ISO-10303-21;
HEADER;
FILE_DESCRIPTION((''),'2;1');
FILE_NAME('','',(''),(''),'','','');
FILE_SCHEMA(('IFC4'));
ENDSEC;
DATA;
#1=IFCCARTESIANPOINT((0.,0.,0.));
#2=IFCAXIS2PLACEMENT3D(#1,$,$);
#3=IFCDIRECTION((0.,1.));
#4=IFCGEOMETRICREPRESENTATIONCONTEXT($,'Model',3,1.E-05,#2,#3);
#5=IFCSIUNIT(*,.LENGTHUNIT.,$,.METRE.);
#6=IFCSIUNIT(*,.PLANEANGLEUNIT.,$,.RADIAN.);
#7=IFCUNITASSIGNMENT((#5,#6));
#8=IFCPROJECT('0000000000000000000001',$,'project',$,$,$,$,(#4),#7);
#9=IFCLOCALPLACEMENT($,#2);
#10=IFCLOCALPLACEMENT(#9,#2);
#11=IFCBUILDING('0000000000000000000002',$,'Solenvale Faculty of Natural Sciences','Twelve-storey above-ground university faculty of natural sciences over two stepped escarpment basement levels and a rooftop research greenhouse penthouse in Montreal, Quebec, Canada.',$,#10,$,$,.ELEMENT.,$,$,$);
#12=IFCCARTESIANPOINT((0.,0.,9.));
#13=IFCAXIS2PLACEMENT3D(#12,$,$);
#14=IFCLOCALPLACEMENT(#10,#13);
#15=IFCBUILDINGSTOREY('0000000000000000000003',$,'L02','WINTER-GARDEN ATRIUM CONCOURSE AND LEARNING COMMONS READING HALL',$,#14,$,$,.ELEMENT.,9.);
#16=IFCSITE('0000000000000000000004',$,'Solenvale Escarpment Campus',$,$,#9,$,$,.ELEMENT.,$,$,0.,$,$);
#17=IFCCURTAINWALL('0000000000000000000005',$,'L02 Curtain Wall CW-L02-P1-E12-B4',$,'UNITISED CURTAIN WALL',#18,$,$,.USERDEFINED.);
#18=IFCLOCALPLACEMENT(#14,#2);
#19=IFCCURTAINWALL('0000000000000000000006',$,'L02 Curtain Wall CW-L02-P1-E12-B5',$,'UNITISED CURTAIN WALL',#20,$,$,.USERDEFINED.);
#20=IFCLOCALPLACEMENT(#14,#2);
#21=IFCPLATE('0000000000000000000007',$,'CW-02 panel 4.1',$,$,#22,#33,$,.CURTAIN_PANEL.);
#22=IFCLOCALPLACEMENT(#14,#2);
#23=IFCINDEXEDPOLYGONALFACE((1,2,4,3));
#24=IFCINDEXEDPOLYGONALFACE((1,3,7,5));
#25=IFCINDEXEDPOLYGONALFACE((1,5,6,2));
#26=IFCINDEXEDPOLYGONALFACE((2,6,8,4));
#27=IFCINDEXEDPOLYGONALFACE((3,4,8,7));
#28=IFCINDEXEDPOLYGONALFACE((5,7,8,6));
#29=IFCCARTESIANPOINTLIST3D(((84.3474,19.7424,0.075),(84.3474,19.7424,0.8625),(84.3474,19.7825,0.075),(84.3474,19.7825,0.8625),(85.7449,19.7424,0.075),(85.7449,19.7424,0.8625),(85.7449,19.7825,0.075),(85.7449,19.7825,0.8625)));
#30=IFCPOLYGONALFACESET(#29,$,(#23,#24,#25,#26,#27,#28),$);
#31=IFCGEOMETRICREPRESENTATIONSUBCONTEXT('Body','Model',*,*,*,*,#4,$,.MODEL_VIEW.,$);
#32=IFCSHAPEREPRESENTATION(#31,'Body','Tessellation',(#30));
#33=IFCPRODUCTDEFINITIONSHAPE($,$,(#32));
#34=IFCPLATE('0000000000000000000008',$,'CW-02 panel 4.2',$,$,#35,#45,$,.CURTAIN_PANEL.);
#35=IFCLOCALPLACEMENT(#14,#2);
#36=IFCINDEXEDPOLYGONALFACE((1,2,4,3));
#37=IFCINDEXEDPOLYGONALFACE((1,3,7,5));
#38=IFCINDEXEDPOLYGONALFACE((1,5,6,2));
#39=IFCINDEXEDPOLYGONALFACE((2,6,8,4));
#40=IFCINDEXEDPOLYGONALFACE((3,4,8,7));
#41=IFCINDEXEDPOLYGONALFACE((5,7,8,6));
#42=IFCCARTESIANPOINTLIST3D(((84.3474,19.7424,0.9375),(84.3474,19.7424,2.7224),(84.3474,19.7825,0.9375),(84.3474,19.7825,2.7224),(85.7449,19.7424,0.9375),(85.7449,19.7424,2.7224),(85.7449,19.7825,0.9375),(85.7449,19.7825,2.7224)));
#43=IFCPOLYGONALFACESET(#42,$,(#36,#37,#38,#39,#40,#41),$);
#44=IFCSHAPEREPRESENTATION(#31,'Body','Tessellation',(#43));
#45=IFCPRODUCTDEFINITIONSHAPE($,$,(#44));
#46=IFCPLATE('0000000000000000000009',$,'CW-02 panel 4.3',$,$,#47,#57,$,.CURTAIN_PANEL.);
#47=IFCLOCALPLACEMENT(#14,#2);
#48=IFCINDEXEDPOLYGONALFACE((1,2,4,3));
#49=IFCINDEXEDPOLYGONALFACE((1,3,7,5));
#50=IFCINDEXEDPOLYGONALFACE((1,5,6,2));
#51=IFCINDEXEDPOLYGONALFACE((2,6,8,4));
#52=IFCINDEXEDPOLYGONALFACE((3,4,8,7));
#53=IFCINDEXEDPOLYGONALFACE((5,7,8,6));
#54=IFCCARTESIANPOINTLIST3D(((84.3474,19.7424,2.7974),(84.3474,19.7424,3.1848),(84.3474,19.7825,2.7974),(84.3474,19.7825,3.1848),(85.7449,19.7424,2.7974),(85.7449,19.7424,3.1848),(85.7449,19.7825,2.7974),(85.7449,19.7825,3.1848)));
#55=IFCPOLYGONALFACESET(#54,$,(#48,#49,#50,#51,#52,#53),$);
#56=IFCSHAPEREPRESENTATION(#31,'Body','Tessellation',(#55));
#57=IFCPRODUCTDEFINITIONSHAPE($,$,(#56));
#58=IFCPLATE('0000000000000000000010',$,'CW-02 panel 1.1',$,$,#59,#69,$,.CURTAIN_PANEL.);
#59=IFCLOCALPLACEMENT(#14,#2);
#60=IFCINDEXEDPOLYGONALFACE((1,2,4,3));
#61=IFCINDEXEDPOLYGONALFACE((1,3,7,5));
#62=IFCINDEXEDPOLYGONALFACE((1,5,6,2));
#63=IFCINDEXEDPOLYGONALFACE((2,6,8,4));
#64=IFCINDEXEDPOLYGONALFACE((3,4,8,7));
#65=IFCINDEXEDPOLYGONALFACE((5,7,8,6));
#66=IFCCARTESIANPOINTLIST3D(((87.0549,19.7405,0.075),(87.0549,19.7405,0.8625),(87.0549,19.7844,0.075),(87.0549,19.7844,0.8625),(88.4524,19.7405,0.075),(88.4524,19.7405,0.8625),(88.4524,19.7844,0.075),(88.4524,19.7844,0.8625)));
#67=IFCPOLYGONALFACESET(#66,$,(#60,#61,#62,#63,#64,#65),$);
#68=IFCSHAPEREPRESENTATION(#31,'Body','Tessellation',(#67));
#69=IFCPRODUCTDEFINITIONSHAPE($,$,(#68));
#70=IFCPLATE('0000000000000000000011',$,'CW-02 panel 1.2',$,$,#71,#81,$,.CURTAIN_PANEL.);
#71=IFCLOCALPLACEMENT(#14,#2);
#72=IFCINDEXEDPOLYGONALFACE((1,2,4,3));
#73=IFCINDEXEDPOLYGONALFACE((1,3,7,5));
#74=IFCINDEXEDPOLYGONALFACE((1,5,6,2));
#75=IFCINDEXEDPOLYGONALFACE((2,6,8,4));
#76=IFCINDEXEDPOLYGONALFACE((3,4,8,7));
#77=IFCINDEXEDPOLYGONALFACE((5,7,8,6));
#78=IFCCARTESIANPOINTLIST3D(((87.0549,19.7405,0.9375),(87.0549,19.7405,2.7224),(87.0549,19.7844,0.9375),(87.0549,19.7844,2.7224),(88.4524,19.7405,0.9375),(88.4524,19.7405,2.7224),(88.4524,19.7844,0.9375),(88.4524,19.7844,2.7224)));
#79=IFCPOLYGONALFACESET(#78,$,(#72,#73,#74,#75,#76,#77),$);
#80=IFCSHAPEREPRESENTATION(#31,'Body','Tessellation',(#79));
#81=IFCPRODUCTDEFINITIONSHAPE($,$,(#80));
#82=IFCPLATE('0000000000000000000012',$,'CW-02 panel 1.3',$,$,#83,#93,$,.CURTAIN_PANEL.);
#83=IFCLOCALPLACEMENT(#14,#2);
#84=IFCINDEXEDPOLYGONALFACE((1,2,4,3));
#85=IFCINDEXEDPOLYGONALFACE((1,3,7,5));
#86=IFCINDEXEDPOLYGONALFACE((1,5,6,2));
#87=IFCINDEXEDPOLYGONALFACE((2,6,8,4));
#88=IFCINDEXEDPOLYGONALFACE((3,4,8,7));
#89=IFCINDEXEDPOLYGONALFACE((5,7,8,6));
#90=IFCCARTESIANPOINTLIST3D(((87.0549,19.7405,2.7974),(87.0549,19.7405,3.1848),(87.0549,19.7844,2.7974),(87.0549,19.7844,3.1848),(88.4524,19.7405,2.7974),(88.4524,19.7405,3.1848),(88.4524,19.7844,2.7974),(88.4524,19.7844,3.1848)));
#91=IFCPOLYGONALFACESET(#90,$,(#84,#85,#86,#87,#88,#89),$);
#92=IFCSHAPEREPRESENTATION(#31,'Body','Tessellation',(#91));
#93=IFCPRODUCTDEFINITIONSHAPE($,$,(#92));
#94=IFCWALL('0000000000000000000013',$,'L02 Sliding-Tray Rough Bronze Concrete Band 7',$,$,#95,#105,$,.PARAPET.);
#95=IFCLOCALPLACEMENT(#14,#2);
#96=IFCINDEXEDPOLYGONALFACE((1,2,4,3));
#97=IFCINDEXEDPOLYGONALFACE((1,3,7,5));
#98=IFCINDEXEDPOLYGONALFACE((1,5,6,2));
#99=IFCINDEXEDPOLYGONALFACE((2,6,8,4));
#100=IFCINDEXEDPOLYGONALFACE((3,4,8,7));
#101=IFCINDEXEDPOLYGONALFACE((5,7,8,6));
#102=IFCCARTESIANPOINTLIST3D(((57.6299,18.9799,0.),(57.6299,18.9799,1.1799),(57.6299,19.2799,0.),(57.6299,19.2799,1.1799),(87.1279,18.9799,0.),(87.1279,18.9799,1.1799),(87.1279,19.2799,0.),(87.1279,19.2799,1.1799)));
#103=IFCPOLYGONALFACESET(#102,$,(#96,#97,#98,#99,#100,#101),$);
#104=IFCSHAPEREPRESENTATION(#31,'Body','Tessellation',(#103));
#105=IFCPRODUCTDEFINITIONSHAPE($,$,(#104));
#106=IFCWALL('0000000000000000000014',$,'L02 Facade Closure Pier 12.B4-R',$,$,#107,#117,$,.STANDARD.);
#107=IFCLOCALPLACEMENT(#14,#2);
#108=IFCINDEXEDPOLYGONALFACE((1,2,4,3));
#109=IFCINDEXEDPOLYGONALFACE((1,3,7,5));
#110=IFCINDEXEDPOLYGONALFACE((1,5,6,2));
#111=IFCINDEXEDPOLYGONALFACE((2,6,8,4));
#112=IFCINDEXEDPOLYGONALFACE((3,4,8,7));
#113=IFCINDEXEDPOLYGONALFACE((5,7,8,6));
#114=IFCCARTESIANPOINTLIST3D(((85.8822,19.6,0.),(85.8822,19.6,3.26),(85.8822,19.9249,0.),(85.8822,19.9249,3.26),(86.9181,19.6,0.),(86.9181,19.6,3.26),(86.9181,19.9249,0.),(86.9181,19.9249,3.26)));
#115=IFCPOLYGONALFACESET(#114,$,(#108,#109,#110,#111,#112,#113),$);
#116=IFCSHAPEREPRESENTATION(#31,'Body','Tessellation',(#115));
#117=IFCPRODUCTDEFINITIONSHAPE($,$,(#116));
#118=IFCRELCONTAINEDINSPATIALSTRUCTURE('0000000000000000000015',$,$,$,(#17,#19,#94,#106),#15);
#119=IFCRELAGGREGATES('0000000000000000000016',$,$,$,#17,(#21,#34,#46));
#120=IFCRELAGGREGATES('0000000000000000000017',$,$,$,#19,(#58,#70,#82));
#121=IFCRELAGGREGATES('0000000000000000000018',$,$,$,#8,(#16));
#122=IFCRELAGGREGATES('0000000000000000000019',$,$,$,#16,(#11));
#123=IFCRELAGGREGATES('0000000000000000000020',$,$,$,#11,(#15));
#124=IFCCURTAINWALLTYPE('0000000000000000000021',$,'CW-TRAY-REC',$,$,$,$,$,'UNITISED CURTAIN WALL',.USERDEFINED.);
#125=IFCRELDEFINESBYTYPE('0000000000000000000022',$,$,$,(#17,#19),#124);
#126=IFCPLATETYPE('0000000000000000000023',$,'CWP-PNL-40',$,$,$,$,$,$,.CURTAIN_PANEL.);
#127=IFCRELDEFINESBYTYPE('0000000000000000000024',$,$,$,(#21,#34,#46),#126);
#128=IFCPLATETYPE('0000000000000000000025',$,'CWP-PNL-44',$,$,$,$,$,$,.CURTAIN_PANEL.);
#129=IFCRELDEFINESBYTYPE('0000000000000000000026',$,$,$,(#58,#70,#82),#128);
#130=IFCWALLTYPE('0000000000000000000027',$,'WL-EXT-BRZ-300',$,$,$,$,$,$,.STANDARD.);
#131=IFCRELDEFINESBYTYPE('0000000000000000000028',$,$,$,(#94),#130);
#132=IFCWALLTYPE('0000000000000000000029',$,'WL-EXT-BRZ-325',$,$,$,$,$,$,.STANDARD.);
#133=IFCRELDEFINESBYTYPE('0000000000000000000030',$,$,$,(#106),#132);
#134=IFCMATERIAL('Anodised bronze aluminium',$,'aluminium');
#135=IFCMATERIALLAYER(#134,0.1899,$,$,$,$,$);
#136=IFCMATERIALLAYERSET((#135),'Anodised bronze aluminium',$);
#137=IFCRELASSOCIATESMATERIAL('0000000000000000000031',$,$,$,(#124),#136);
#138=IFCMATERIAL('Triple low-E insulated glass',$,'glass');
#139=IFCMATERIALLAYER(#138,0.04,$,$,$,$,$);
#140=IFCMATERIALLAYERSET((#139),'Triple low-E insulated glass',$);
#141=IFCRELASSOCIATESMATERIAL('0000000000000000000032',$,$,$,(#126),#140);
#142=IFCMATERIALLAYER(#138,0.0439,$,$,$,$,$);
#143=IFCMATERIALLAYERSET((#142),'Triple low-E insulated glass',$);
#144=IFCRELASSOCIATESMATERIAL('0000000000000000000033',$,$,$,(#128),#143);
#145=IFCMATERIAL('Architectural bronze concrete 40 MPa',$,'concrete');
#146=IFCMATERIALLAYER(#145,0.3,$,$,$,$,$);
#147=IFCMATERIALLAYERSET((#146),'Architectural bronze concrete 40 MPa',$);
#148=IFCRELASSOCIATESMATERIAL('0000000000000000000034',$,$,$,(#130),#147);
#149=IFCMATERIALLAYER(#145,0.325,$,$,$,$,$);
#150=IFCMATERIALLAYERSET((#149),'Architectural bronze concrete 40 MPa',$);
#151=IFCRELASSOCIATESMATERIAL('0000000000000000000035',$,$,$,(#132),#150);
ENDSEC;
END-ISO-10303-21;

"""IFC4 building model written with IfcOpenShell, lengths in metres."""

from ifc_helpers import new_model, si_unit, direction, frame, frame_2d, origin, origin_2d, place, context, subcontext, project, spatial, rectangle, extrude, material, layer, layer_set, type_object, element, aggregate, save


model = new_model("IFC4")

# Units and contexts
model_context = context("Model", 3, precision=1e-05, world=origin(), true_north=direction((0.0, 1.0)))
body_context = subcontext(model_context, "Body", "Model", "MODEL_VIEW")
ifc_project = project(units=[si_unit("LENGTHUNIT", "METRE"), si_unit("PLANEANGLEUNIT", "RADIAN")], contexts=[model_context])

# Site, building, storey
site_placement = place(None, origin())
site = spatial("IfcSite", under=ifc_project, at=site_placement, Name="Solenvale Escarpment Campus", CompositionType="ELEMENT", RefElevation=0.0)
building_placement = place(site_placement, origin())
building = spatial("IfcBuilding", under=site, at=building_placement, Name="Solenvale Faculty of Natural Sciences", Description="Twelve-storey above-ground university faculty of natural sciences over two stepped escarpment basement levels and a rooftop research greenhouse penthouse in Montreal, Quebec, Canada.", CompositionType="ELEMENT")
storey_placement = place(building_placement, frame((0.0, 0.0, 9.0)))
storey = spatial("IfcBuildingStorey", under=building, at=storey_placement, Name="L02", Description="WINTER-GARDEN ATRIUM CONCOURSE AND LEARNING COMMONS READING HALL", CompositionType="ELEMENT", Elevation=9.0)

# Shared definitions
ifc_material_1 = material(Name="Architectural bronze concrete 40 MPa", Category="concrete")

# Curtain walls
ifc_material_2 = material(Name="Anodised bronze aluminium", Category="aluminium")
ifc_layer_1 = layer(ifc_material_2, 0.1899)
ifc_layer_set_1 = layer_set([ifc_layer_1], Name="Anodised bronze aluminium")
curtain_wall_type = type_object("IfcCurtainWallType", Name="CW-TRAY-REC", ElementType="UNITISED CURTAIN WALL", PredefinedType="USERDEFINED", material=ifc_layer_set_1)
curtain_wall_1_placement = place(storey_placement, origin())
curtain_wall_1 = element("IfcCurtainWall", 1, at=curtain_wall_1_placement, inside=storey, type_object=curtain_wall_type, Name="L02 Curtain Wall CW-L02-P1-E12-B4", ObjectType="UNITISED CURTAIN WALL", PredefinedType="USERDEFINED")
curtain_wall_2_placement = place(storey_placement, origin())
curtain_wall_2 = element("IfcCurtainWall", 2, at=curtain_wall_2_placement, inside=storey, type_object=curtain_wall_type, Name="L02 Curtain Wall CW-L02-P1-E12-B5", ObjectType="UNITISED CURTAIN WALL", PredefinedType="USERDEFINED")

# Plates
ifc_material_3 = material(Name="Triple low-E insulated glass", Category="glass")
ifc_layer_2 = layer(ifc_material_3, 0.04)
ifc_layer_set_2 = layer_set([ifc_layer_2], Name="Triple low-E insulated glass")
plate_type_1 = type_object("IfcPlateType", Name="CWP-PNL-40", PredefinedType="CURTAIN_PANEL", material=ifc_layer_set_2)
plate_1_placement = place(storey_placement, frame((85.0461, 19.7625, 0.075), z_axis=(0.0, 0.0, 1.0), x_axis=(1.0, 0.0, 0.0)))
plate_1 = element("IfcPlate", 3, at=plate_1_placement, type_object=plate_type_1, Name="CW-02 panel 4.1", PredefinedType="CURTAIN_PANEL", context=body_context, shape_type="SweptSolid", body=[
    extrude(rectangle(XDim=1.3975, YDim=0.04, at=origin_2d()), origin(), (0.0, 0.0, 1.0), 0.7876),
])
plate_2_placement = place(storey_placement, frame((85.0461, 19.7625, 0.9375), z_axis=(0.0, 0.0, 1.0), x_axis=(1.0, 0.0, 0.0)))
plate_2 = element("IfcPlate", 4, at=plate_2_placement, type_object=plate_type_1, Name="CW-02 panel 4.2", PredefinedType="CURTAIN_PANEL", context=body_context, shape_type="SweptSolid", body=[
    extrude(rectangle(XDim=1.3975, YDim=0.04, at=origin_2d()), origin(), (0.0, 0.0, 1.0), 1.7849),
])
plate_3_placement = place(storey_placement, frame((85.0461, 19.7625, 2.7974), z_axis=(0.0, 0.0, 1.0), x_axis=(1.0, 0.0, 0.0)))
plate_3 = element("IfcPlate", 5, at=plate_3_placement, type_object=plate_type_1, Name="CW-02 panel 4.3", PredefinedType="CURTAIN_PANEL", context=body_context, shape_type="SweptSolid", body=[
    extrude(rectangle(XDim=1.3975, YDim=0.04, at=origin_2d()), origin(), (0.0, 0.0, 1.0), 0.3875),
])
aggregate(curtain_wall_1, [plate_1, plate_2, plate_3])
ifc_layer_3 = layer(ifc_material_3, 0.0439)
ifc_layer_set_3 = layer_set([ifc_layer_3], Name="Triple low-E insulated glass")
plate_type_2 = type_object("IfcPlateType", Name="CWP-PNL-44", PredefinedType="CURTAIN_PANEL", material=ifc_layer_set_3)
plate_4_placement = place(storey_placement, frame((87.7537, 19.7625, 0.075), z_axis=(0.0, 0.0, 1.0), x_axis=(1.0, 0.0, 0.0)))
plate_4 = element("IfcPlate", 6, at=plate_4_placement, type_object=plate_type_2, Name="CW-02 panel 1.1", PredefinedType="CURTAIN_PANEL", context=body_context, shape_type="SweptSolid", body=[
    extrude(rectangle(XDim=1.3975, YDim=0.0439, at=origin_2d()), origin(), (0.0, 0.0, 1.0), 0.7876),
])
plate_5_placement = place(storey_placement, frame((87.7537, 19.7625, 0.9375), z_axis=(0.0, 0.0, 1.0), x_axis=(1.0, 0.0, 0.0)))
plate_5 = element("IfcPlate", 7, at=plate_5_placement, type_object=plate_type_2, Name="CW-02 panel 1.2", PredefinedType="CURTAIN_PANEL", context=body_context, shape_type="SweptSolid", body=[
    extrude(rectangle(XDim=1.3975, YDim=0.0439, at=origin_2d()), origin(), (0.0, 0.0, 1.0), 1.7849),
])
plate_6_placement = place(storey_placement, frame((87.7537, 19.7625, 2.7974), z_axis=(0.0, 0.0, 1.0), x_axis=(1.0, 0.0, 0.0)))
plate_6 = element("IfcPlate", 8, at=plate_6_placement, type_object=plate_type_2, Name="CW-02 panel 1.3", PredefinedType="CURTAIN_PANEL", context=body_context, shape_type="SweptSolid", body=[
    extrude(rectangle(XDim=1.3975, YDim=0.0439, at=origin_2d()), origin(), (0.0, 0.0, 1.0), 0.3875),
])
aggregate(curtain_wall_2, [plate_4, plate_5, plate_6])

# Walls
ifc_layer_4 = layer(ifc_material_1, 0.3)
ifc_layer_set_4 = layer_set([ifc_layer_4], Name="Architectural bronze concrete 40 MPa")
wall_type_1 = type_object("IfcWallType", Name="WL-EXT-BRZ-300", PredefinedType="STANDARD", material=ifc_layer_set_4)
wall_1_placement = place(storey_placement, frame((87.1279, 19.1299, 0.0), z_axis=(0.0, 0.0, 1.0), x_axis=(-1.0, 0.0, 0.0)))
element("IfcWall", 9, at=wall_1_placement, inside=storey, type_object=wall_type_1, Name="L02 Sliding-Tray Rough Bronze Concrete Band 7", PredefinedType="PARAPET", context=body_context, shape_type="SweptSolid", body=[
    extrude(rectangle(XDim=29.498, YDim=0.3, at=frame_2d((14.749, 0.0))), origin(), (0.0, 0.0, 1.0), 1.1799),
])
ifc_layer_5 = layer(ifc_material_1, 0.325)
ifc_layer_set_5 = layer_set([ifc_layer_5], Name="Architectural bronze concrete 40 MPa")
wall_type_2 = type_object("IfcWallType", Name="WL-EXT-BRZ-325", PredefinedType="STANDARD", material=ifc_layer_set_5)
wall_2_placement = place(storey_placement, frame((85.8821, 19.7625, 0.0), z_axis=(0.0, 0.0, 1.0), x_axis=(1.0, 0.0, 0.0)))
element("IfcWall", 10, at=wall_2_placement, inside=storey, type_object=wall_type_2, Name="L02 Facade Closure Pier 12.B4-R", PredefinedType="STANDARD", context=body_context, shape_type="SweptSolid", body=[
    extrude(rectangle(XDim=1.0359, YDim=0.325, at=frame_2d((0.5181, 0.0))), origin(), (0.0, 0.0, 1.0), 3.26),
])

save(model, "model.ifc")
